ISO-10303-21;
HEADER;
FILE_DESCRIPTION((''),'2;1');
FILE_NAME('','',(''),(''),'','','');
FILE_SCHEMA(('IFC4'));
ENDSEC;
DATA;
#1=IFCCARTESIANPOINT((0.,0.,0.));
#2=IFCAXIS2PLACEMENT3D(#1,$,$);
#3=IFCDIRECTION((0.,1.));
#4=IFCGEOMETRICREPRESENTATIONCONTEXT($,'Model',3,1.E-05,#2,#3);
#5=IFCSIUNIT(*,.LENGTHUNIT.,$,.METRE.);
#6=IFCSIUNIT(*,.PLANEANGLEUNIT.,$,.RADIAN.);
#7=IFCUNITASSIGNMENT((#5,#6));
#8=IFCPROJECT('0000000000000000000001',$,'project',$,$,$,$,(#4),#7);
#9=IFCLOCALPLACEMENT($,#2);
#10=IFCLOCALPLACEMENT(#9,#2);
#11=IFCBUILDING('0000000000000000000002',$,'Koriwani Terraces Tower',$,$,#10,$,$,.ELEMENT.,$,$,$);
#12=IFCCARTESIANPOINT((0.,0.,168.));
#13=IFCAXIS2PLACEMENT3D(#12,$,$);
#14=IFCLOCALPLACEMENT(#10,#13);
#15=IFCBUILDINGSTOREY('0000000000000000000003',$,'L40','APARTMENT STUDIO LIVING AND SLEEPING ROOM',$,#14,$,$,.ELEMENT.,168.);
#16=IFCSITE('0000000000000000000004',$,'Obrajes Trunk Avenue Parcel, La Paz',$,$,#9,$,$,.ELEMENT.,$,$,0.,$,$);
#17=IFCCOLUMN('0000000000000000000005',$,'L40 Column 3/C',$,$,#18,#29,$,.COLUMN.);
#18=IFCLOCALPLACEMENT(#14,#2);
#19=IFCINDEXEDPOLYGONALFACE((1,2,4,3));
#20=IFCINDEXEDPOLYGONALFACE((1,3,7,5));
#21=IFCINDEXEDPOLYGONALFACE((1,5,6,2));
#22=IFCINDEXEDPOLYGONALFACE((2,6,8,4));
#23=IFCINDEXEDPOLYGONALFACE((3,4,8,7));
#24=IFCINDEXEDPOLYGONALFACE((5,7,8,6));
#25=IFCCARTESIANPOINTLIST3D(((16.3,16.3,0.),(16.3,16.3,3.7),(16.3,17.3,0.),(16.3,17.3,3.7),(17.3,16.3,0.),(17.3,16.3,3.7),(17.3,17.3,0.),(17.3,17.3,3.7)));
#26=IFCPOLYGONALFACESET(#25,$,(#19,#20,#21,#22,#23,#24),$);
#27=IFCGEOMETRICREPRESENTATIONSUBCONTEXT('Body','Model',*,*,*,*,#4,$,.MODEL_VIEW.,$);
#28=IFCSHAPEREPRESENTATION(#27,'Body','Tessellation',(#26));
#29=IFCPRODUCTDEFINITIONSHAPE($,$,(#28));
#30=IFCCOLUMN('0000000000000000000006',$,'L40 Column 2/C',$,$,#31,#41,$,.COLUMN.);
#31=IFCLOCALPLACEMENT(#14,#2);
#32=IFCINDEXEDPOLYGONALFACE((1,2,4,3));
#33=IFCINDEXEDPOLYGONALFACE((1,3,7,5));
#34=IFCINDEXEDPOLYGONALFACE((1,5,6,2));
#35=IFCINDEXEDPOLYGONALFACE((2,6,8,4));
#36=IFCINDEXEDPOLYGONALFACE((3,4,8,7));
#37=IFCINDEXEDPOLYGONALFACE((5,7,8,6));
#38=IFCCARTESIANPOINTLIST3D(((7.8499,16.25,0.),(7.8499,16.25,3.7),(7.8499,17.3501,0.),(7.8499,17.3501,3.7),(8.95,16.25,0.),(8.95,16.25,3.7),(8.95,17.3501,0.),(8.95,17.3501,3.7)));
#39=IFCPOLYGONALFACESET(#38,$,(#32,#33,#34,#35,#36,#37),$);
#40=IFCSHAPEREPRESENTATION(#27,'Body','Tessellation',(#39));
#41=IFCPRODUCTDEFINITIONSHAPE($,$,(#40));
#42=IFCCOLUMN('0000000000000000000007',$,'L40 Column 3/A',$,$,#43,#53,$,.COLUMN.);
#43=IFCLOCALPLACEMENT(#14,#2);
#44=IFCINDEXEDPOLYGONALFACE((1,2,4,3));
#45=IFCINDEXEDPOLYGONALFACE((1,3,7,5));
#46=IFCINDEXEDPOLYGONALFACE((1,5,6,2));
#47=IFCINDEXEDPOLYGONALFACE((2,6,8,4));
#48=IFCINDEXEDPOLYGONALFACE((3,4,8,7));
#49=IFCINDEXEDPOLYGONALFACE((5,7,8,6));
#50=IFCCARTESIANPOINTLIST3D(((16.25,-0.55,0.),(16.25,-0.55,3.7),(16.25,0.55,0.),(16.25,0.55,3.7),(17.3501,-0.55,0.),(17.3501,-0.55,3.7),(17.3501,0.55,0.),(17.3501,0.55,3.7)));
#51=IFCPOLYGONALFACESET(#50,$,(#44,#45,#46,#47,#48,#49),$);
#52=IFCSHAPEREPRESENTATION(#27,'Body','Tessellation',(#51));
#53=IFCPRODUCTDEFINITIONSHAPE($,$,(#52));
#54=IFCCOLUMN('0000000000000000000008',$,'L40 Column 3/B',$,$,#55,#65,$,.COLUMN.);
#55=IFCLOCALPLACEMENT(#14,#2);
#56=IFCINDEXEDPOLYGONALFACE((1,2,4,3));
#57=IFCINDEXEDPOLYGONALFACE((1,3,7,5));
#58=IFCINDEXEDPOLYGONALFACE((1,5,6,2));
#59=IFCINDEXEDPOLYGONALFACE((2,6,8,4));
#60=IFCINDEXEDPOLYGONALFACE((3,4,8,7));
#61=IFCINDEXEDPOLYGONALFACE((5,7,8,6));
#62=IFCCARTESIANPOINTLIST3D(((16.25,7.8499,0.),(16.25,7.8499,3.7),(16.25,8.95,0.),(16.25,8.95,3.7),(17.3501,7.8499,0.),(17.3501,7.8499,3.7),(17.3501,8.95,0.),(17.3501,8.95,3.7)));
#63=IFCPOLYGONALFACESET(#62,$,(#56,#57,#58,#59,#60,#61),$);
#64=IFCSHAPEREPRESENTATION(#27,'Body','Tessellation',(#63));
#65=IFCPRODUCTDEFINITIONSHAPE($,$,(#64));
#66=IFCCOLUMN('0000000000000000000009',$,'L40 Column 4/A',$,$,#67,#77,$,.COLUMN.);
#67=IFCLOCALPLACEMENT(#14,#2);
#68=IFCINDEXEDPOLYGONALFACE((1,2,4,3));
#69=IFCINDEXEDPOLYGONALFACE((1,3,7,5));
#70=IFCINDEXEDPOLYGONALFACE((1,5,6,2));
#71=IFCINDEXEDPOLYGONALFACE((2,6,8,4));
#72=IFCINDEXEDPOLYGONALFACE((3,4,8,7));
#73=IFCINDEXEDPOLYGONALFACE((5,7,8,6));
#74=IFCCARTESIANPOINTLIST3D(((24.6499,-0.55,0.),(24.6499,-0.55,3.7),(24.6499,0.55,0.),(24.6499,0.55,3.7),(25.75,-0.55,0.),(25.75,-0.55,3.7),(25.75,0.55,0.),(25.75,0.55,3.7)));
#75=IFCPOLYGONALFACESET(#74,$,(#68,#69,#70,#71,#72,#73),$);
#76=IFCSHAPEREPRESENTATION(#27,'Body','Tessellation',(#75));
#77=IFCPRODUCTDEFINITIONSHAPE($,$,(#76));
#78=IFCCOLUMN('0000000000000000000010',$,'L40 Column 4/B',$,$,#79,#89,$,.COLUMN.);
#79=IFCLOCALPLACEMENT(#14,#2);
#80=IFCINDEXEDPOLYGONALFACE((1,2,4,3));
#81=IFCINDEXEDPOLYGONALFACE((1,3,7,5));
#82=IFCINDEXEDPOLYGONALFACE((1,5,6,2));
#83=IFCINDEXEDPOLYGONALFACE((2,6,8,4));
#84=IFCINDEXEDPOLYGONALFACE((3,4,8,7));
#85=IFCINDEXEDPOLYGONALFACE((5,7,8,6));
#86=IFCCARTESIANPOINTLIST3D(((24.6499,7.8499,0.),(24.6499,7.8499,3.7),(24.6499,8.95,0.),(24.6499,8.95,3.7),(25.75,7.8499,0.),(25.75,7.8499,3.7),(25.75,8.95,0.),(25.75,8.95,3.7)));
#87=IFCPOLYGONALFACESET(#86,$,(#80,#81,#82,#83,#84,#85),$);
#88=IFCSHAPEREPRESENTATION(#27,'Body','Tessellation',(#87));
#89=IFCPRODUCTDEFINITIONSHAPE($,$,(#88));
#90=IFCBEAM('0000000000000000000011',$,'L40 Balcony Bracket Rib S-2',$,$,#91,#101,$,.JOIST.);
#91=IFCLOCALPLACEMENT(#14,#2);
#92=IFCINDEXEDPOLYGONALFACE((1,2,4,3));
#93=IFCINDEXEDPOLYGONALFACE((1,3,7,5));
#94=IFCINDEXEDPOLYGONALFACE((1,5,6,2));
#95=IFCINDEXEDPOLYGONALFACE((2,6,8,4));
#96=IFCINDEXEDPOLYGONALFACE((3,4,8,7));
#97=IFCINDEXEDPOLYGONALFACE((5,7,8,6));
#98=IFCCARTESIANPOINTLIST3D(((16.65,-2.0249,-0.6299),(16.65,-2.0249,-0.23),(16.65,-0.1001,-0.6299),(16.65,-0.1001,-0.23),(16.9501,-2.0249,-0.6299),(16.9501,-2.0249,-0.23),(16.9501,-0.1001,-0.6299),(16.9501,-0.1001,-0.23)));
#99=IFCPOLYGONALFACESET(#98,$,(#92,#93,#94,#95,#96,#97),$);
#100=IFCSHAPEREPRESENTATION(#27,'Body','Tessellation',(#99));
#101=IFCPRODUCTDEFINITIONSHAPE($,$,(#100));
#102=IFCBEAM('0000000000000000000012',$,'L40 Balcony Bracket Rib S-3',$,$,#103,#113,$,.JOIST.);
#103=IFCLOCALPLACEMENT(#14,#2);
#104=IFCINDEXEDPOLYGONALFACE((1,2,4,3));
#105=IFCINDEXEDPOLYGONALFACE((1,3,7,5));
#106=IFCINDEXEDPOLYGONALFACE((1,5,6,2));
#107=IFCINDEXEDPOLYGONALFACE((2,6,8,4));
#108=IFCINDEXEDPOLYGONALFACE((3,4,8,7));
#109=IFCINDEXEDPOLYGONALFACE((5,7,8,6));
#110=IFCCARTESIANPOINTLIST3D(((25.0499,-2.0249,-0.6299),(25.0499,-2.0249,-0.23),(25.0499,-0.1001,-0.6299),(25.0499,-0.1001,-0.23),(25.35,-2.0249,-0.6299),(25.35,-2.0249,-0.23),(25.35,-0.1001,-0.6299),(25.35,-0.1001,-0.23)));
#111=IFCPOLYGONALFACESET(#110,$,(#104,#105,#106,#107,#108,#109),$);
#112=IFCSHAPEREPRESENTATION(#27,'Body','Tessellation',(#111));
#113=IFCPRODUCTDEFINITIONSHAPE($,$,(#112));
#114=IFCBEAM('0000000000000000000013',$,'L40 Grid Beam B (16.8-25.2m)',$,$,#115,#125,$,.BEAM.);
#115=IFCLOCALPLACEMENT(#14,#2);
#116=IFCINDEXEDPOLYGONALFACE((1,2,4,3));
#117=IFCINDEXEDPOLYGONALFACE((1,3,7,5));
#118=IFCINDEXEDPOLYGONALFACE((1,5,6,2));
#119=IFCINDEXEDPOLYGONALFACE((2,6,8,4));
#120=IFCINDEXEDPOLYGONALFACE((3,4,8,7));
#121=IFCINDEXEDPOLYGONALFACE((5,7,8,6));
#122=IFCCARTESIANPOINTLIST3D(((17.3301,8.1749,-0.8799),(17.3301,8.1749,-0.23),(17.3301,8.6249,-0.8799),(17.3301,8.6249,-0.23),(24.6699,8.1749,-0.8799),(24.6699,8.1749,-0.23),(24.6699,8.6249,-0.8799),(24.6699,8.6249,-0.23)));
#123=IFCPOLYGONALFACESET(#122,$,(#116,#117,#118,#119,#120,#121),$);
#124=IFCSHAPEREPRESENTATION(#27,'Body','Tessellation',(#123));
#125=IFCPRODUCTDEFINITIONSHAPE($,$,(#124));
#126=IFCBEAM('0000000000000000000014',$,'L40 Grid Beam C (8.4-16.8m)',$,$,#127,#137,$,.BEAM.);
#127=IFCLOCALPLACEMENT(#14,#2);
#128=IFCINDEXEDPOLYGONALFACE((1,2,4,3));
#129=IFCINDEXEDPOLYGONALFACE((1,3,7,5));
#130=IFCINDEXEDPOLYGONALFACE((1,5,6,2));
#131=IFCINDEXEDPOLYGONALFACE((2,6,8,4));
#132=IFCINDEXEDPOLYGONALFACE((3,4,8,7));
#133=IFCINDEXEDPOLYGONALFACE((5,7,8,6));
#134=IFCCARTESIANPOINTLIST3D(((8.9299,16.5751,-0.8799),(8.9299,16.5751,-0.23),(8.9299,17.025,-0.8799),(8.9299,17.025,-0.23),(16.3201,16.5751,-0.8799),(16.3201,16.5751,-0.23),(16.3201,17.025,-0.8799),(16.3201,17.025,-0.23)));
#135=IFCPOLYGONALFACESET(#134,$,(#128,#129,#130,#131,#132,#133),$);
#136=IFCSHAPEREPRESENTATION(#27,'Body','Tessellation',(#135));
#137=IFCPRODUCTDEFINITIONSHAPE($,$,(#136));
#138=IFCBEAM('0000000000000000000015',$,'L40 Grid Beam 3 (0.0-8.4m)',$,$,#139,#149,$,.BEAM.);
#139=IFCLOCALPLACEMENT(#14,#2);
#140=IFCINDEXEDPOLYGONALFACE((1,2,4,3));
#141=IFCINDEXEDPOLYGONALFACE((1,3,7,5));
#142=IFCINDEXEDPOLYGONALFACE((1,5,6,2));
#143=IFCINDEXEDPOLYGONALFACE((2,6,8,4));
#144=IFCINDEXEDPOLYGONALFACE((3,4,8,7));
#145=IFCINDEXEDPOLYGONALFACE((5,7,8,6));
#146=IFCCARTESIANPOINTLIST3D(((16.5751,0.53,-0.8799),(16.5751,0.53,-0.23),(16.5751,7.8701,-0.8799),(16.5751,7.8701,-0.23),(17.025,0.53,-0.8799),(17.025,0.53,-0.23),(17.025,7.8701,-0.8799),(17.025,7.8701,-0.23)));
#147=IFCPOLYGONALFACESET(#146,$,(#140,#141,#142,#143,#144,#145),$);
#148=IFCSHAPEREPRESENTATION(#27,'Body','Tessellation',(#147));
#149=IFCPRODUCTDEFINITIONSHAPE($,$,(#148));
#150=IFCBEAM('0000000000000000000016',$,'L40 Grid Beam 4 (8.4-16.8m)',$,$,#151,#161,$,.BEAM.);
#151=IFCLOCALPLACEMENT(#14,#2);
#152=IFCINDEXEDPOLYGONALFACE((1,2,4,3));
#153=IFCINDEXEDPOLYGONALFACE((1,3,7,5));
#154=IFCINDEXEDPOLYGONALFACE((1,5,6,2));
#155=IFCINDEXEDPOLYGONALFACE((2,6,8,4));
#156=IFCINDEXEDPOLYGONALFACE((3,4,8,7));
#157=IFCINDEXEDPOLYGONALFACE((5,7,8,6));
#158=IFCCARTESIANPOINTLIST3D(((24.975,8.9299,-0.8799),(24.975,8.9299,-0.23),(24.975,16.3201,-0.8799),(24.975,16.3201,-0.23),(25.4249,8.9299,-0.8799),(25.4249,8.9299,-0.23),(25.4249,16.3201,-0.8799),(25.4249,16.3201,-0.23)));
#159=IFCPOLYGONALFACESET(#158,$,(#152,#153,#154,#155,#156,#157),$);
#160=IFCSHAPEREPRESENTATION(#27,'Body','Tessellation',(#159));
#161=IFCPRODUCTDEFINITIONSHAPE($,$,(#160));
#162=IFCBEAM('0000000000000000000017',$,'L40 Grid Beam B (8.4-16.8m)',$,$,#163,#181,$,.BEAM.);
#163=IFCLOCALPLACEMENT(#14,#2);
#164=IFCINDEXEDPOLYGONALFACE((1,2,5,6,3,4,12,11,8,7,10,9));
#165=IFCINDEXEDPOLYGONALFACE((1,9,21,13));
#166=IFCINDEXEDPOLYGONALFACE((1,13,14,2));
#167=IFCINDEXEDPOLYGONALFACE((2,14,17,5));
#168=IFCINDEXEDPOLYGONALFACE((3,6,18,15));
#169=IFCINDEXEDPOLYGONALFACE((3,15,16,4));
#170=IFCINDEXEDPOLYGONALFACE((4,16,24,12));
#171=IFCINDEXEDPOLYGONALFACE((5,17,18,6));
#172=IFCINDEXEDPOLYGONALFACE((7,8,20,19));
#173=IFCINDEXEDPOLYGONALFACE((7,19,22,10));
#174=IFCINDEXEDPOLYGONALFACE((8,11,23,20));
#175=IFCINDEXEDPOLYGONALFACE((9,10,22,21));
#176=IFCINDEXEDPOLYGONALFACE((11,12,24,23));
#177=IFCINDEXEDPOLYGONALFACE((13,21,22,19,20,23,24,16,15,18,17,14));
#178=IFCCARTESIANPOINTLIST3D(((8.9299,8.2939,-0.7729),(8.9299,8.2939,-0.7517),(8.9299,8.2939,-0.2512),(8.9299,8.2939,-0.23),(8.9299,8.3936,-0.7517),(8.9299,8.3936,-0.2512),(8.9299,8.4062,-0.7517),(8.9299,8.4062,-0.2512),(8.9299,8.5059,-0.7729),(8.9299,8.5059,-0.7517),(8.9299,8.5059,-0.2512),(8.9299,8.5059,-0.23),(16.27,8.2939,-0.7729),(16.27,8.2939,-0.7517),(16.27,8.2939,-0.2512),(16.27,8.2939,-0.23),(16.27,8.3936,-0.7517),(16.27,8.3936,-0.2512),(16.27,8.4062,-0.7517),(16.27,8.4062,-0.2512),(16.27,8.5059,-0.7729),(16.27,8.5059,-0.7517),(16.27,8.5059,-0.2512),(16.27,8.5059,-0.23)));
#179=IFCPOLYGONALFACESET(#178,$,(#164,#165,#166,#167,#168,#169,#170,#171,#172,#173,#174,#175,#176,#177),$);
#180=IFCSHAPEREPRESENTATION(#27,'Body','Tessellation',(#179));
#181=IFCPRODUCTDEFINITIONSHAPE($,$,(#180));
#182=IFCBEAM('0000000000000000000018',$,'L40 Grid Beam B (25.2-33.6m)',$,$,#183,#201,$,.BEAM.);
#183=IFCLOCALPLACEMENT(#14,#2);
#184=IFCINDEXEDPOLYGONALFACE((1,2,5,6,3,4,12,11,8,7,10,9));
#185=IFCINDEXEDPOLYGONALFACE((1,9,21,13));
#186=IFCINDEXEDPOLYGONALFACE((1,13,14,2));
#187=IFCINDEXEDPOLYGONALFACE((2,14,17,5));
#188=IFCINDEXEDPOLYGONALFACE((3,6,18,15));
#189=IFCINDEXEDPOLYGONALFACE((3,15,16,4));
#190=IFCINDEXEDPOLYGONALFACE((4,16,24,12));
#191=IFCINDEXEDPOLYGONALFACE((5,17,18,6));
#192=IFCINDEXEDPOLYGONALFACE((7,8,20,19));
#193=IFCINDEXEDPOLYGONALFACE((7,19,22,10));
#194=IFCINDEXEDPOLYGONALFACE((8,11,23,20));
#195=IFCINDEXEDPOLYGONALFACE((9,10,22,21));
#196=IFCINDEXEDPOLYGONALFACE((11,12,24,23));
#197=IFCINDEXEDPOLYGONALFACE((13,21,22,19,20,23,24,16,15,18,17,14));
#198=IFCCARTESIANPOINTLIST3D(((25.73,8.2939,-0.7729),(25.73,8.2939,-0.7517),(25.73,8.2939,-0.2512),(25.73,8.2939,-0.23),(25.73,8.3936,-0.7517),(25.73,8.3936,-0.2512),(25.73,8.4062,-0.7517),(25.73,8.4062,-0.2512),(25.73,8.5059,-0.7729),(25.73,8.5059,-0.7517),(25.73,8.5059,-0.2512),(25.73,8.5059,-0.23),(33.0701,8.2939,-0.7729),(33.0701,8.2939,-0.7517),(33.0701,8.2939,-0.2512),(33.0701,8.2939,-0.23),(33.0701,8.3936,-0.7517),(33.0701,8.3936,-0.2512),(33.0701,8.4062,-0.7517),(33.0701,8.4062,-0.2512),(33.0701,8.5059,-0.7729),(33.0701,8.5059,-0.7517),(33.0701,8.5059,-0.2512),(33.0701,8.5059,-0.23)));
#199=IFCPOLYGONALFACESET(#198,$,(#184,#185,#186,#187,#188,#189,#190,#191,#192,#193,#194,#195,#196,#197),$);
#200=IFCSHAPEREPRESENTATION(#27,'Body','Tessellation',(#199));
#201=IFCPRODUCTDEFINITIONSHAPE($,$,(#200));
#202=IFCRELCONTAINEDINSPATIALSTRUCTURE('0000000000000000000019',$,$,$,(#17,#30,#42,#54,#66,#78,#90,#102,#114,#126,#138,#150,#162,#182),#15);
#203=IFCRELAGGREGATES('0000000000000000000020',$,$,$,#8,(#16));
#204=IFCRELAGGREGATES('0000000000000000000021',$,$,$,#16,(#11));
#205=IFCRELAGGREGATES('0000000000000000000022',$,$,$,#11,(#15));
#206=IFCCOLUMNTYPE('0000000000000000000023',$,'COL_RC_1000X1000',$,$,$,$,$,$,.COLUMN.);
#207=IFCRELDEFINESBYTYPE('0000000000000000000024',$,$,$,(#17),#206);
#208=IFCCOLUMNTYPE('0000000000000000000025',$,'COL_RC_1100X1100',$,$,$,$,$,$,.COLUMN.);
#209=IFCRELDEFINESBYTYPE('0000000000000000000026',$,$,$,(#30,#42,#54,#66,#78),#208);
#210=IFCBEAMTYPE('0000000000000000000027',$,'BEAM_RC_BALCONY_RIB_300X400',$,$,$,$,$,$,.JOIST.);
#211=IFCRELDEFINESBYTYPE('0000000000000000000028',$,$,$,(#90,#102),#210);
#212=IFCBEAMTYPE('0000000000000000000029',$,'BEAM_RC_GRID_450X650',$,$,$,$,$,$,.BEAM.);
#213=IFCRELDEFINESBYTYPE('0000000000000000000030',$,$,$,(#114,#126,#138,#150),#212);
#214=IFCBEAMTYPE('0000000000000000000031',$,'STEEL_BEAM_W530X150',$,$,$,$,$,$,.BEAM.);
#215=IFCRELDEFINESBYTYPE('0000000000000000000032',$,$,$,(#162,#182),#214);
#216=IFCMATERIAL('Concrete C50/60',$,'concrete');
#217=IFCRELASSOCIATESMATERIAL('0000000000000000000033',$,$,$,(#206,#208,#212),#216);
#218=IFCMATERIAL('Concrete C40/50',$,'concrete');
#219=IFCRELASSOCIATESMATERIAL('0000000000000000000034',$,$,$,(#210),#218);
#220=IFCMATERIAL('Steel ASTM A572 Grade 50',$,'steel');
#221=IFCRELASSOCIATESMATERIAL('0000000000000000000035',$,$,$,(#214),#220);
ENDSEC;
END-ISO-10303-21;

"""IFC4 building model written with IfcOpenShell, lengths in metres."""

from ifc_helpers import new_model, si_unit, direction, frame, origin, origin_2d, place, context, subcontext, project, spatial, rectangle, i_section, extrude, material, material_profile, profile_set, type_object, element, save


model = new_model("IFC4")

# Units and contexts
model_context = context("Model", 3, precision=1e-05, world=origin(), true_north=direction((0.0, 1.0)))
body_context = subcontext(model_context, "Body", "Model", "MODEL_VIEW")
ifc_project = project(units=[si_unit("LENGTHUNIT", "METRE"), si_unit("PLANEANGLEUNIT", "RADIAN")], contexts=[model_context])

# Site, building, storey
site_placement = place(None, origin())
site = spatial("IfcSite", under=ifc_project, at=site_placement, Name="Obrajes Trunk Avenue Parcel, La Paz", CompositionType="ELEMENT", RefElevation=0.0)
building_placement = place(site_placement, origin())
building = spatial("IfcBuilding", under=site, at=building_placement, Name="Koriwani Terraces Tower", CompositionType="ELEMENT")
storey_placement = place(building_placement, frame((0.0, 0.0, 168.0)))
storey = spatial("IfcBuildingStorey", under=building, at=storey_placement, Name="L40", Description="APARTMENT STUDIO LIVING AND SLEEPING ROOM", CompositionType="ELEMENT", Elevation=168.0)

# Columns
ifc_material_1 = material(Name="Concrete C50/60", Category="concrete")
ifc_material_profile_1 = material_profile(ifc_material_1, rectangle(XDim=1.0, YDim=1.0, at=origin_2d()), Name="Concrete C50/60", Category="LoadBearing")
ifc_profile_set_1 = profile_set([ifc_material_profile_1], Name="Concrete C50/60")
column_type_1 = type_object("IfcColumnType", Name="COL_RC_1000X1000", PredefinedType="COLUMN", material=ifc_profile_set_1)
column_placement = place(storey_placement, frame((16.8, 16.8, 0.0), z_axis=(0.0, 0.0, 1.0), x_axis=(1.0, 0.0, 0.0)))
element("IfcColumn", 1, at=column_placement, inside=storey, type_object=column_type_1, Name="L40 Column 3/C", PredefinedType="COLUMN", context=body_context, shape_type="SweptSolid", body=[
    extrude(rectangle(XDim=1.0, YDim=1.0, at=origin_2d()), origin(), (0.0, 0.0, 1.0), 3.7),
])
ifc_material_profile_2 = material_profile(ifc_material_1, rectangle(XDim=1.1001, YDim=1.1001, at=origin_2d()), Name="Concrete C50/60", Category="LoadBearing")
ifc_profile_set_2 = profile_set([ifc_material_profile_2], Name="Concrete C50/60")
column_type_2 = type_object("IfcColumnType", Name="COL_RC_1100X1100", PredefinedType="COLUMN", material=ifc_profile_set_2)
for number, where, z_axis, x_axis, name in (
    (2, (8.3999, 16.8, 0.0), (0.0, 0.0, 1.0), (1.0, 0.0, 0.0), "L40 Column 2/C"),
    (3, (16.8, 0.0, 0.0), (0.0, 0.0, 1.0), (1.0, 0.0, 0.0), "L40 Column 3/A"),
    (4, (16.8, 8.3999, 0.0), (0.0, 0.0, 1.0), (1.0, 0.0, 0.0), "L40 Column 3/B"),
    (5, (25.2, 0.0, 0.0), (0.0, 0.0, 1.0), (1.0, 0.0, 0.0), "L40 Column 4/A"),
    (6, (25.2, 8.3999, 0.0), (0.0, 0.0, 1.0), (1.0, 0.0, 0.0), "L40 Column 4/B"),
):
    element("IfcColumn", number, at=place(storey_placement, frame(where, z_axis=z_axis, x_axis=x_axis)), inside=storey, type_object=column_type_2, Name=name, PredefinedType="COLUMN", context=body_context, shape_type="SweptSolid", body=[
        extrude(rectangle(XDim=1.1001, YDim=1.1001, at=origin_2d()), origin(), (0.0, 0.0, 1.0), 3.7),
    ])

# Beams
ifc_material_2 = material(Name="Concrete C40/50", Category="concrete")
ifc_material_profile_3 = material_profile(ifc_material_2, rectangle(XDim=0.3, YDim=0.3999, at=origin_2d()), Name="Concrete C40/50", Category="LoadBearing")
ifc_profile_set_3 = profile_set([ifc_material_profile_3], Name="Concrete C40/50")
beam_type_1 = type_object("IfcBeamType", Name="BEAM_RC_BALCONY_RIB_300X400", PredefinedType="JOIST", material=ifc_profile_set_3)
for number, where, z_axis, x_axis, name in (
    (7, (16.8, -2.0249, -0.4299), (0.0, 1.0, 0.0), (-1.0, 0.0, 0.0), "L40 Balcony Bracket Rib S-2"),
    (8, (25.2, -2.0249, -0.4299), (0.0, 1.0, 0.0), (-1.0, 0.0, 0.0), "L40 Balcony Bracket Rib S-3"),
):
    element("IfcBeam", number, at=place(storey_placement, frame(where, z_axis=z_axis, x_axis=x_axis)), inside=storey, type_object=beam_type_1, Name=name, PredefinedType="JOIST", context=body_context, shape_type="SweptSolid", body=[
        extrude(rectangle(XDim=0.3, YDim=0.3999, at=origin_2d()), origin(), (0.0, 0.0, 1.0), 1.9248),
    ])
ifc_material_profile_4 = material_profile(ifc_material_1, rectangle(XDim=0.45, YDim=0.6499, at=origin_2d()), Name="Concrete C50/60", Category="LoadBearing")
ifc_profile_set_4 = profile_set([ifc_material_profile_4], Name="Concrete C50/60")
beam_type_2 = type_object("IfcBeamType", Name="BEAM_RC_GRID_450X650", PredefinedType="BEAM", material=ifc_profile_set_4)
beam_1_placement = place(storey_placement, frame((17.3301, 8.3999, -0.5549), z_axis=(1.0, 0.0, 0.0), x_axis=(0.0, 1.0, 0.0)))
element("IfcBeam", 9, at=beam_1_placement, inside=storey, type_object=beam_type_2, Name="L40 Grid Beam B (16.8-25.2m)", PredefinedType="BEAM", context=body_context, shape_type="SweptSolid", body=[
    extrude(rectangle(XDim=0.45, YDim=0.6499, at=origin_2d()), origin(), (0.0, 0.0, 1.0), 7.3398),
])
beam_2_placement = place(storey_placement, frame((8.9299, 16.8, -0.5549), z_axis=(1.0, 0.0, 0.0), x_axis=(0.0, 1.0, 0.0)))
element("IfcBeam", 10, at=beam_2_placement, inside=storey, type_object=beam_type_2, Name="L40 Grid Beam C (8.4-16.8m)", PredefinedType="BEAM", context=body_context, shape_type="SweptSolid", body=[
    extrude(rectangle(XDim=0.45, YDim=0.6499, at=origin_2d()), origin(), (0.0, 0.0, 1.0), 7.3901),
])
beam_3_placement = place(storey_placement, frame((16.8, 0.53, -0.5549), z_axis=(0.0, 1.0, 0.0), x_axis=(-1.0, 0.0, 0.0)))
element("IfcBeam", 11, at=beam_3_placement, inside=storey, type_object=beam_type_2, Name="L40 Grid Beam 3 (0.0-8.4m)", PredefinedType="BEAM", context=body_context, shape_type="SweptSolid", body=[
    extrude(rectangle(XDim=0.45, YDim=0.6499, at=origin_2d()), origin(), (0.0, 0.0, 1.0), 7.3401),
])
beam_4_placement = place(storey_placement, frame((25.2, 8.9299, -0.5549), z_axis=(0.0, 1.0, 0.0), x_axis=(-1.0, 0.0, 0.0)))
element("IfcBeam", 12, at=beam_4_placement, inside=storey, type_object=beam_type_2, Name="L40 Grid Beam 4 (8.4-16.8m)", PredefinedType="BEAM", context=body_context, shape_type="SweptSolid", body=[
    extrude(rectangle(XDim=0.45, YDim=0.6499, at=origin_2d()), origin(), (0.0, 0.0, 1.0), 7.3901),
])
ifc_material_3 = material(Name="Steel ASTM A572 Grade 50", Category="steel")
ifc_material_profile_5 = material_profile(ifc_material_3, i_section(OverallWidth=0.2119, OverallDepth=0.543, WebThickness=0.0127, FlangeThickness=0.0212, at=origin_2d()), Name="Steel ASTM A572 Grade 50", Category="LoadBearing")
ifc_profile_set_5 = profile_set([ifc_material_profile_5], Name="Steel ASTM A572 Grade 50")
beam_type_3 = type_object("IfcBeamType", Name="STEEL_BEAM_W530X150", PredefinedType="BEAM", material=ifc_profile_set_5)
for number, where, z_axis, x_axis, name in (
    (13, (8.9299, 8.3999, -0.5015), (1.0, 0.0, 0.0), (0.0, 1.0, 0.0), "L40 Grid Beam B (8.4-16.8m)"),
    (14, (25.73, 8.3999, -0.5015), (1.0, 0.0, 0.0), (0.0, 1.0, 0.0), "L40 Grid Beam B (25.2-33.6m)"),
):
    element("IfcBeam", number, at=place(storey_placement, frame(where, z_axis=z_axis, x_axis=x_axis)), inside=storey, type_object=beam_type_3, Name=name, PredefinedType="BEAM", context=body_context, shape_type="SweptSolid", body=[
        extrude(i_section(OverallWidth=0.2119, OverallDepth=0.543, WebThickness=0.0127, FlangeThickness=0.0212, at=origin_2d()), origin(), (0.0, 0.0, 1.0), 7.3401),
    ])

save(model, "model.ifc")
